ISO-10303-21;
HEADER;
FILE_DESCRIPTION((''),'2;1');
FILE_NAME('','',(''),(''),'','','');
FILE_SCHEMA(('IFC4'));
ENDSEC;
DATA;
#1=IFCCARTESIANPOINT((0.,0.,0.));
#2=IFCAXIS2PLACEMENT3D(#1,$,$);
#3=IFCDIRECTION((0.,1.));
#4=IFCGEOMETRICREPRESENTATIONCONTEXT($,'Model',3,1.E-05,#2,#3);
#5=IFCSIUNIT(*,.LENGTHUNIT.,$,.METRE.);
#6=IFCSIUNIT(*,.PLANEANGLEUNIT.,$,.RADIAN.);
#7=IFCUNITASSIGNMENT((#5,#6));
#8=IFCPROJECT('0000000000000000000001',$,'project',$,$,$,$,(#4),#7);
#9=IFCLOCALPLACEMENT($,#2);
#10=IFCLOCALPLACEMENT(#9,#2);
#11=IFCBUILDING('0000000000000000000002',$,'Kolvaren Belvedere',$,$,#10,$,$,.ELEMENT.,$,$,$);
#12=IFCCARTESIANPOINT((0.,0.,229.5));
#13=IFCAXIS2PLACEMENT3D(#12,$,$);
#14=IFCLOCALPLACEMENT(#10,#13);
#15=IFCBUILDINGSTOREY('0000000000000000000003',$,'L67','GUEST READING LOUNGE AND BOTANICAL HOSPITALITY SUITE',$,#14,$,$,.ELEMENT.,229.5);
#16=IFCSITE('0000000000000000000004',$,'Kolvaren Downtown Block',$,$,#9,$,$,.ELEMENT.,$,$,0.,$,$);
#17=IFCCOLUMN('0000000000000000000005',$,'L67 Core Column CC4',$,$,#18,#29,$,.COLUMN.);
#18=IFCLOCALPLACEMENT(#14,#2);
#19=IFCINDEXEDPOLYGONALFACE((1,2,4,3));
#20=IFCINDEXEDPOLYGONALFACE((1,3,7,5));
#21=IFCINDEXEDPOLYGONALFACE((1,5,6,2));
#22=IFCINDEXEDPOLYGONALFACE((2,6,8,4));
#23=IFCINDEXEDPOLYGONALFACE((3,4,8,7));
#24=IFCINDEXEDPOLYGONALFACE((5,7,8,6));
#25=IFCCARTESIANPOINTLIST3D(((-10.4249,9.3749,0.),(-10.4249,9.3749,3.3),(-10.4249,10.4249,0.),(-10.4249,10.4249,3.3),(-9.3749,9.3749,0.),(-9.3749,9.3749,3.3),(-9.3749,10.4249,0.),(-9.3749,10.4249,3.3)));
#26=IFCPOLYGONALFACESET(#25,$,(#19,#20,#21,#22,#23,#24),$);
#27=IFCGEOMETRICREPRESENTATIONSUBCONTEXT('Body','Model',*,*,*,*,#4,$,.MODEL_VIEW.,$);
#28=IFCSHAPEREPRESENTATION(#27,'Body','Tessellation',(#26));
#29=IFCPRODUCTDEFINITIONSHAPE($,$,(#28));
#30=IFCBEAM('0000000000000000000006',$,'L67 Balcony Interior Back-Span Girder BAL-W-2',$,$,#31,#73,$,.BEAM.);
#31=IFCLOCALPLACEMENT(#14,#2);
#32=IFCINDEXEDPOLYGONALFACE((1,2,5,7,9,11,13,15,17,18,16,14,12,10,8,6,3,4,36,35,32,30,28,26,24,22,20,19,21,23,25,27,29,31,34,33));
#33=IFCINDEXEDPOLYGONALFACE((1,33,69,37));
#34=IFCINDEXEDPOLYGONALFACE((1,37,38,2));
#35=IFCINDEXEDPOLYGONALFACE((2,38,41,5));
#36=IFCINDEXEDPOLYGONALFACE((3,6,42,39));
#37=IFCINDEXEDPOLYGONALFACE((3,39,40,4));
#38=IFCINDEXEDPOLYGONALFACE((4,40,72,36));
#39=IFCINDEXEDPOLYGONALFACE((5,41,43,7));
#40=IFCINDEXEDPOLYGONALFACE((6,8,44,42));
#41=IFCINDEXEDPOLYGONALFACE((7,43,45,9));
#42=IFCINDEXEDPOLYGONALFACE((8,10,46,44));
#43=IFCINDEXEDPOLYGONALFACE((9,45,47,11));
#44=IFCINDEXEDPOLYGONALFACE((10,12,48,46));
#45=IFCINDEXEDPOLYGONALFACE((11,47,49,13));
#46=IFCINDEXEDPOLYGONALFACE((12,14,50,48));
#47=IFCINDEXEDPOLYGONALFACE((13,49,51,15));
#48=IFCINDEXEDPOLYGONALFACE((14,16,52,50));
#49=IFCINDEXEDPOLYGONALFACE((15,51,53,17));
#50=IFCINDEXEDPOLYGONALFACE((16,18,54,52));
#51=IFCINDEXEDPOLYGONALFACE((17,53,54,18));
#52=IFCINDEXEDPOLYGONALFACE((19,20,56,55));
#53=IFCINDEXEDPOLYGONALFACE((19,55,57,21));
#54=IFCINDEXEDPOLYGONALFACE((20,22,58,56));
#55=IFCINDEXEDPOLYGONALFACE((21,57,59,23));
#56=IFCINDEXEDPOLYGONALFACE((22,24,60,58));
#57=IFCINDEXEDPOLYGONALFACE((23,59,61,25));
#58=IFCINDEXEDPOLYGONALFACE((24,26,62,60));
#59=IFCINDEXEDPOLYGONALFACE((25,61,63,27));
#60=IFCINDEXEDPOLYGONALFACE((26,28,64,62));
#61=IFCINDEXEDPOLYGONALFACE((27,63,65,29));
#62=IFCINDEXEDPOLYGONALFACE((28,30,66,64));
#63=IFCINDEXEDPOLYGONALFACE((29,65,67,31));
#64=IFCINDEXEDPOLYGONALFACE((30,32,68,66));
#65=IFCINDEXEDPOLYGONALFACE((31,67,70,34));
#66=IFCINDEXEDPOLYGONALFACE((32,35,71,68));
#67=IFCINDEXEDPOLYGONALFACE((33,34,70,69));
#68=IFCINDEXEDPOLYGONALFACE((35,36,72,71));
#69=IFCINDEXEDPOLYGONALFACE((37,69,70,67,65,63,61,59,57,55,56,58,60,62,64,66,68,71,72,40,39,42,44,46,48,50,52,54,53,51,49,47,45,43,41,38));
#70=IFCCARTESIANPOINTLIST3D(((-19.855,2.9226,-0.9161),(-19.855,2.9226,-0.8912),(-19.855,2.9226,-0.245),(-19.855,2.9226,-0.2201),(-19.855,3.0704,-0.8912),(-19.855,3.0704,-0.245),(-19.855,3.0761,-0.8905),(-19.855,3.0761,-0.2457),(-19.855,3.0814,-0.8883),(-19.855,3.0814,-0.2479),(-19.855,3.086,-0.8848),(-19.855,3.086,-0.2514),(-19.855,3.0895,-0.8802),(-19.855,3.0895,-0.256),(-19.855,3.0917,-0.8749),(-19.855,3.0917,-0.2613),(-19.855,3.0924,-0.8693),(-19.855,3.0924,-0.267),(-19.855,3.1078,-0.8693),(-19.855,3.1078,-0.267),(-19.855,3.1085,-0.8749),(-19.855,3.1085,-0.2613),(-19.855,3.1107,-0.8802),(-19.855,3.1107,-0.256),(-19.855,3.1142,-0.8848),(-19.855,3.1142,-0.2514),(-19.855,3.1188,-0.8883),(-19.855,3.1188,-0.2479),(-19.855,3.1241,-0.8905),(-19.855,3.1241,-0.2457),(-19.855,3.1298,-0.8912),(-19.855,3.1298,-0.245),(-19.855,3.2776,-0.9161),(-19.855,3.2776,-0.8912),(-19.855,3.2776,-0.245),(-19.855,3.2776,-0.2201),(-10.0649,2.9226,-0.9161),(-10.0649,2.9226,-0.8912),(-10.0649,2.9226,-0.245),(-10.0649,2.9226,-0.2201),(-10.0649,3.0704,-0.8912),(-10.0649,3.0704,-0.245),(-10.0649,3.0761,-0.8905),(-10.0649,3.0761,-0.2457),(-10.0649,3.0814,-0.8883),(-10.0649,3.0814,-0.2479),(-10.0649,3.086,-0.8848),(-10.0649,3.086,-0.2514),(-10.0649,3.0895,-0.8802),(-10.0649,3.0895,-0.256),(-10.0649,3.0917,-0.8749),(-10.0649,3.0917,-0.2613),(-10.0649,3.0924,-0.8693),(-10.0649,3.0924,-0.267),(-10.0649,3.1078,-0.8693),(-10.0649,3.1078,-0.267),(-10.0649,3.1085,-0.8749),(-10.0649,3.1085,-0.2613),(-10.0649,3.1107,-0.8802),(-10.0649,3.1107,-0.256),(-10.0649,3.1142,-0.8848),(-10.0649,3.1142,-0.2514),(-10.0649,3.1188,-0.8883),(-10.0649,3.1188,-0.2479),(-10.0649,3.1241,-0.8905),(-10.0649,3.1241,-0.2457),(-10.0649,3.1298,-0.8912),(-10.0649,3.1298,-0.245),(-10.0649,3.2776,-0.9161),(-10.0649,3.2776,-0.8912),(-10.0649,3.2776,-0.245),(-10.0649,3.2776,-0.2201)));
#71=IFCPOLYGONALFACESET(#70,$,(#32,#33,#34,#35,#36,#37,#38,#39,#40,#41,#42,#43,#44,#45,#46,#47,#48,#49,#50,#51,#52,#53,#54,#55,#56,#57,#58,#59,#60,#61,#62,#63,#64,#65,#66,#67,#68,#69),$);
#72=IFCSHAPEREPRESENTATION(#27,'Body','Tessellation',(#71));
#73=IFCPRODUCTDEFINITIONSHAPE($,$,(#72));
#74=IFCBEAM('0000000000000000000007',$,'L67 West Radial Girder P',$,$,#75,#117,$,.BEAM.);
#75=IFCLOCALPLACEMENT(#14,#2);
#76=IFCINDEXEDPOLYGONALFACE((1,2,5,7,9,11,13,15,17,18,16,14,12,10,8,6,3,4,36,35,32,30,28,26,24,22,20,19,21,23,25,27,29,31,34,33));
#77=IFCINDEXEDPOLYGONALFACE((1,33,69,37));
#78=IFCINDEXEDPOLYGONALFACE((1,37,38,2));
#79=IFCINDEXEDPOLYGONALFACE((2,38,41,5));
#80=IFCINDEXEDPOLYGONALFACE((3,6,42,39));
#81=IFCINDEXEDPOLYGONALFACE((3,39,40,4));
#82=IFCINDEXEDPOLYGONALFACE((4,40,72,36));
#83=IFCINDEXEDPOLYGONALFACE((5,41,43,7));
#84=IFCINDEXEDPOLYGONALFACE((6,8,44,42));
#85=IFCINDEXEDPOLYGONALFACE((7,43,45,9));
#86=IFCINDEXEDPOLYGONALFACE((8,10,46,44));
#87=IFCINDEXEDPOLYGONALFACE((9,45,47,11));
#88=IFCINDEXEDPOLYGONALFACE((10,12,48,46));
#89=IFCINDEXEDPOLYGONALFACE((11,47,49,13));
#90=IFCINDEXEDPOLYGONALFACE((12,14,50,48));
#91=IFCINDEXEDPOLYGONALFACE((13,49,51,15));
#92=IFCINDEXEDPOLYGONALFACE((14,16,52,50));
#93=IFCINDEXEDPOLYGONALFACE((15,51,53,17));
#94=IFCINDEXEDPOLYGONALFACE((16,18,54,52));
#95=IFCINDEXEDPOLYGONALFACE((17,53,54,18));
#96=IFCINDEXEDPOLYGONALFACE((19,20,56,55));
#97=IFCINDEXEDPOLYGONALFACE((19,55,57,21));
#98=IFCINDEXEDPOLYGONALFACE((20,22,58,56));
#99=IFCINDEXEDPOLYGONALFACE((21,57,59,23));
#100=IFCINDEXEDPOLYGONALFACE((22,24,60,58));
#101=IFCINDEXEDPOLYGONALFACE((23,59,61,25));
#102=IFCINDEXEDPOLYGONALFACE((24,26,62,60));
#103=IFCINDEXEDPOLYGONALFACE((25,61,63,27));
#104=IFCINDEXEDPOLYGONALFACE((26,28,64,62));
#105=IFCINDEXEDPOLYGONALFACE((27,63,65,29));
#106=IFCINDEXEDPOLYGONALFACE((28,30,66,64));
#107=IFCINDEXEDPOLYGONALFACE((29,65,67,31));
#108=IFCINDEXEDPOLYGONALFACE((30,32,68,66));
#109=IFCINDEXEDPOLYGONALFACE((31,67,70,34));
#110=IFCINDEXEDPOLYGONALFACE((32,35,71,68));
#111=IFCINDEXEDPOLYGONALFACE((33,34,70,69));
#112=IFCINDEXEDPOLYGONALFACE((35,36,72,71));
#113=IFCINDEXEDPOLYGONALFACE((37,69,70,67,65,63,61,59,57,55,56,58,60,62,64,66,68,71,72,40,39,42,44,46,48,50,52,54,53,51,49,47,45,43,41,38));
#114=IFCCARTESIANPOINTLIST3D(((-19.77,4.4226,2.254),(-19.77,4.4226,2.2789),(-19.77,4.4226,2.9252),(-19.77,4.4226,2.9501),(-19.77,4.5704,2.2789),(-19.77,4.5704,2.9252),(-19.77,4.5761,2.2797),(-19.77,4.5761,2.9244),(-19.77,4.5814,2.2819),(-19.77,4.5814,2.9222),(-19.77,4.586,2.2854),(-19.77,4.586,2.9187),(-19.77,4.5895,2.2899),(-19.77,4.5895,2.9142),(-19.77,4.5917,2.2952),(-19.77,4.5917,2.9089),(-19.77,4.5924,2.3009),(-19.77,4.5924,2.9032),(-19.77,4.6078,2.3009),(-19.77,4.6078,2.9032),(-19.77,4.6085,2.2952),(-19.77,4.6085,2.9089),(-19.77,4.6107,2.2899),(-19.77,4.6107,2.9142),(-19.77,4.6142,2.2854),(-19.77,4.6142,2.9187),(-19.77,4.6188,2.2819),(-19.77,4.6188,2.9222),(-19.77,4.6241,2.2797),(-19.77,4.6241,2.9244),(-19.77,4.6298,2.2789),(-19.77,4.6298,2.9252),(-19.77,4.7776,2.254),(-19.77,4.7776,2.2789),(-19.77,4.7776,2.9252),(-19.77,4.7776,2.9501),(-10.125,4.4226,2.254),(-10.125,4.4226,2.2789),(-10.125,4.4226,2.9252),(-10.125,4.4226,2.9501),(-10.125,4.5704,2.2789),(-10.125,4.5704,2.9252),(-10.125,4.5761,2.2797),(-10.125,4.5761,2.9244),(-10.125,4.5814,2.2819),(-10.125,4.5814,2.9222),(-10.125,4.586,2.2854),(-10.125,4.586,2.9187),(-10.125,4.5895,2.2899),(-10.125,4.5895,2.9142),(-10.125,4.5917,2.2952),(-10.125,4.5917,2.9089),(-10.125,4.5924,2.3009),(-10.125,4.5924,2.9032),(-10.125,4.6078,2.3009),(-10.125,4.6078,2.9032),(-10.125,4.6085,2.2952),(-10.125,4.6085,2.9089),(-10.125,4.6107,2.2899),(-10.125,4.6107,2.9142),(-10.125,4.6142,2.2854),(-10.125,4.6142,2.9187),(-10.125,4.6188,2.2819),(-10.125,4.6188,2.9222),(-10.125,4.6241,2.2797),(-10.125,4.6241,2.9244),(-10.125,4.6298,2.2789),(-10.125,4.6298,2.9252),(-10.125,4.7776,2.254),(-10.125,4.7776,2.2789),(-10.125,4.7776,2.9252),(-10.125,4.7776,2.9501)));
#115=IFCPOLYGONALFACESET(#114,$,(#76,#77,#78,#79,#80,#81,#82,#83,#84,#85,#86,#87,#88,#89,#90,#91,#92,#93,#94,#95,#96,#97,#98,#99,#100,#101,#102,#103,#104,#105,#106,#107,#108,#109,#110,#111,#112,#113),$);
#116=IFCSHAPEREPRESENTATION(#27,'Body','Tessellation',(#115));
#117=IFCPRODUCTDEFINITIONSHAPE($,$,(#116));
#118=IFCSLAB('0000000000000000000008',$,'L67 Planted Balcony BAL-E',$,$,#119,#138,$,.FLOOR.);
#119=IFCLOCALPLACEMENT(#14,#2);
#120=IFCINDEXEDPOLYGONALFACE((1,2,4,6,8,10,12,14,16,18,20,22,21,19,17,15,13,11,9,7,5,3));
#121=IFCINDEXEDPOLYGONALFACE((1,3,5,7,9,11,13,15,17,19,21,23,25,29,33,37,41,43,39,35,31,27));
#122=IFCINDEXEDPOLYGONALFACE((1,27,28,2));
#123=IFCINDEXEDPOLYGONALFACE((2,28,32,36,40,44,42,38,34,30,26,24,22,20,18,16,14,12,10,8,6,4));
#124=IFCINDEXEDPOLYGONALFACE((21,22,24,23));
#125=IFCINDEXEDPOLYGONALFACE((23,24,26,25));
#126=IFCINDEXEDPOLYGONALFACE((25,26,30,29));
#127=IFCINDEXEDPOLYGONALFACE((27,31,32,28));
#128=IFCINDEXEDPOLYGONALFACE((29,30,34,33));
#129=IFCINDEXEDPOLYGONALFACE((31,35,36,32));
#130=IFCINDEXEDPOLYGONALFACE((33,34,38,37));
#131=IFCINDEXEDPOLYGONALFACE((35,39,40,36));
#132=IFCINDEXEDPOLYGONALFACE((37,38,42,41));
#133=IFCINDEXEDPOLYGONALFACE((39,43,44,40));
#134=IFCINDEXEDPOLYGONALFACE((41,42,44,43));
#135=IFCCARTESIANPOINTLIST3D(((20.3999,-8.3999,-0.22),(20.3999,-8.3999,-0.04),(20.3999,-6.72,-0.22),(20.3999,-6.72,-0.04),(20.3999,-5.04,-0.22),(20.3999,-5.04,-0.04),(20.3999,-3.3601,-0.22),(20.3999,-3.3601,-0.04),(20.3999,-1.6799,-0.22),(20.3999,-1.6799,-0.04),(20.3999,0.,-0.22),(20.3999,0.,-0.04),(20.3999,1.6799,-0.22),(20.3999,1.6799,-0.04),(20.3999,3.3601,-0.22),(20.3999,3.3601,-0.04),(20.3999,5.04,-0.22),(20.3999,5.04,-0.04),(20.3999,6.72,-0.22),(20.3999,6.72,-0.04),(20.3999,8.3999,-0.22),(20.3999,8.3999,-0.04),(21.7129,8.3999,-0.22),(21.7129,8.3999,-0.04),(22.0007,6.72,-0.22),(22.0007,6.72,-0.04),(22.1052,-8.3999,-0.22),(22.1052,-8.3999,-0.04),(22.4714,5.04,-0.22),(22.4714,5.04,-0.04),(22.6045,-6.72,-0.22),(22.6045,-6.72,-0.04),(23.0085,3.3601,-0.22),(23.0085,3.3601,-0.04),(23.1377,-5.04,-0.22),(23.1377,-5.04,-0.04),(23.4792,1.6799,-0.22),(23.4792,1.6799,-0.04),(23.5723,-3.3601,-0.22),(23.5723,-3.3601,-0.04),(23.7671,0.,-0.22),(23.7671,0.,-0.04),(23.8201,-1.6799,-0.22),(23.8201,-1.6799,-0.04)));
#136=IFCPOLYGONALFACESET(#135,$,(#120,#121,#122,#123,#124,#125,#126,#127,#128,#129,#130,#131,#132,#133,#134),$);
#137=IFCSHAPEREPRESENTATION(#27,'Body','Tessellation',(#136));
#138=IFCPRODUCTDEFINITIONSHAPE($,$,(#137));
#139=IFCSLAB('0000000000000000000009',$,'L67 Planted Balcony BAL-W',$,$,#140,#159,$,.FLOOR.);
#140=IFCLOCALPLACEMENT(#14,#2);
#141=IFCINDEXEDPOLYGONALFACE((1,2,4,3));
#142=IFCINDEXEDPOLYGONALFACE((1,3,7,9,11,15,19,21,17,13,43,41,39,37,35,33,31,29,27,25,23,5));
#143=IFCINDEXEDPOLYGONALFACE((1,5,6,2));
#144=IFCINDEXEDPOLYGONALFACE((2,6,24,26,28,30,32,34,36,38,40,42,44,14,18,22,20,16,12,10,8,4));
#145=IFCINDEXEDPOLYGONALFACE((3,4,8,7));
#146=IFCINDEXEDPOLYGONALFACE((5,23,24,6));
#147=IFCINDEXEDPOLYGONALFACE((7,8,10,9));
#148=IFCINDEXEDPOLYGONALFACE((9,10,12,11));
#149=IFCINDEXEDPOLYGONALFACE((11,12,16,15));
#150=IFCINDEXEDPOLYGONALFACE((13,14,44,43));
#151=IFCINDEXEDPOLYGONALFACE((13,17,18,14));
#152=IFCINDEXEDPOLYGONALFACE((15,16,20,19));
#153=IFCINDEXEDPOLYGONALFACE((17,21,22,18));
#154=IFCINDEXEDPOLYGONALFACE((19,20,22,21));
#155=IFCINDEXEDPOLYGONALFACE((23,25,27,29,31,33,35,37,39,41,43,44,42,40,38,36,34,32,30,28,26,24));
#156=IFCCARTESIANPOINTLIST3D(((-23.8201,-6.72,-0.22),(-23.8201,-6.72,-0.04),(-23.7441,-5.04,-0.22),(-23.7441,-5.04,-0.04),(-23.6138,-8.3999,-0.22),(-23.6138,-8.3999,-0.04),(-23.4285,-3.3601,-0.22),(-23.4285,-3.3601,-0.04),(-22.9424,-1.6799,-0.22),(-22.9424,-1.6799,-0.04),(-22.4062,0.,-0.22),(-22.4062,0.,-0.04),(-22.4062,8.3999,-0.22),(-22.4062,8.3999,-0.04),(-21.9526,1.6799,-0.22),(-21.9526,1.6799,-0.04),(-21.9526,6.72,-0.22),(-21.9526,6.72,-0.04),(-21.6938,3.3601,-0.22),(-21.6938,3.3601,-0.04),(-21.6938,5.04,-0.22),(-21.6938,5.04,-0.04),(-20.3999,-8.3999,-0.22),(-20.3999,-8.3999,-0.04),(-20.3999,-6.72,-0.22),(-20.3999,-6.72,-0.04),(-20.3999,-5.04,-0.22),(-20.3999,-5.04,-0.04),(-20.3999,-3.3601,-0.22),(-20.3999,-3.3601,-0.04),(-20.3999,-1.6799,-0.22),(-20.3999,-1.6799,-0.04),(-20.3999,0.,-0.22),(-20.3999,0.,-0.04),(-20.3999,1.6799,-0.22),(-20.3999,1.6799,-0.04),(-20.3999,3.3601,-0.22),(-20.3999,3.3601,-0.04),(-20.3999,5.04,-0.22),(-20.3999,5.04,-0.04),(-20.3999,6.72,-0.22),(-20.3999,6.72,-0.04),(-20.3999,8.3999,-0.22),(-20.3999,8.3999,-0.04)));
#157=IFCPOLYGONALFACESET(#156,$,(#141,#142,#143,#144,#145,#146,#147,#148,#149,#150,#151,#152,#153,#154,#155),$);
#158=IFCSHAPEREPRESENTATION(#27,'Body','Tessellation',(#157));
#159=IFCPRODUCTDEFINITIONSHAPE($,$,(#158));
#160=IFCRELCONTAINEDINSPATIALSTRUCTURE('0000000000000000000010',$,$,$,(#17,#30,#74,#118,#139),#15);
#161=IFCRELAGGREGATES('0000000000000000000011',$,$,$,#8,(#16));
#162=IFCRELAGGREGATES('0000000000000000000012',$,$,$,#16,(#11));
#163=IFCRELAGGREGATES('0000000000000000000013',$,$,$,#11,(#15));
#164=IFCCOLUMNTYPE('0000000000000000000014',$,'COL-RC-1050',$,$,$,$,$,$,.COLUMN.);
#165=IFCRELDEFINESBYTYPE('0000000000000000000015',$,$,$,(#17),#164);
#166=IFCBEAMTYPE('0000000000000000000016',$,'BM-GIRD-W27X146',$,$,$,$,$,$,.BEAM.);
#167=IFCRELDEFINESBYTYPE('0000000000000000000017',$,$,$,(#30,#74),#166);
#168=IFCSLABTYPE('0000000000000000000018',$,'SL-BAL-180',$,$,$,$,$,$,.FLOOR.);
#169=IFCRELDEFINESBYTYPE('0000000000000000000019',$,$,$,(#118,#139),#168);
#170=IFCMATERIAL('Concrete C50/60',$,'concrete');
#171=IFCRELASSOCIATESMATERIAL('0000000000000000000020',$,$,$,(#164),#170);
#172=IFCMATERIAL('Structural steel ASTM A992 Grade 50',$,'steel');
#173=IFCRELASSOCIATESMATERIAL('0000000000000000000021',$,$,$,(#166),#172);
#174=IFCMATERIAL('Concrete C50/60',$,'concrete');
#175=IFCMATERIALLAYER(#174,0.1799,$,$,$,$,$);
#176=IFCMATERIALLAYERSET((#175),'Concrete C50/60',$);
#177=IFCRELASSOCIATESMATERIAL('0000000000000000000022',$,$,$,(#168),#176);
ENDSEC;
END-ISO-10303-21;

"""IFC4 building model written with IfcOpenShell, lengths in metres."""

from ifc_helpers import new_model, si_unit, direction, frame, origin, origin_2d, place, context, subcontext, project, spatial, polyline, rectangle, i_section, outline, extrude, material, layer, layer_set, material_profile, profile_set, type_object, element, save


model = new_model("IFC4")

# Units and contexts
model_context = context("Model", 3, precision=1e-05, world=origin(), true_north=direction((0.0, 1.0)))
body_context = subcontext(model_context, "Body", "Model", "MODEL_VIEW")
ifc_project = project(units=[si_unit("LENGTHUNIT", "METRE"), si_unit("PLANEANGLEUNIT", "RADIAN")], contexts=[model_context])

# Site, building, storey
site_placement = place(None, origin())
site = spatial("IfcSite", under=ifc_project, at=site_placement, Name="Kolvaren Downtown Block", CompositionType="ELEMENT", RefElevation=0.0)
building_placement = place(site_placement, origin())
building = spatial("IfcBuilding", under=site, at=building_placement, Name="Kolvaren Belvedere", CompositionType="ELEMENT")
storey_placement = place(building_placement, frame((0.0, 0.0, 229.5)))
storey = spatial("IfcBuildingStorey", under=building, at=storey_placement, Name="L67", Description="GUEST READING LOUNGE AND BOTANICAL HOSPITALITY SUITE", CompositionType="ELEMENT", Elevation=229.5)

# Column
ifc_material_1 = material(Name="Concrete C50/60", Category="concrete")
ifc_material_profile_1 = material_profile(ifc_material_1, rectangle(XDim=1.05, YDim=1.05, at=origin_2d()), Name="RC 1050X1050")
ifc_profile_set_1 = profile_set([ifc_material_profile_1], Name="Concrete C50/60")
column_type = type_object("IfcColumnType", Name="COL-RC-1050", PredefinedType="COLUMN", material=ifc_profile_set_1)
column_placement = place(storey_placement, frame((-9.8999, 9.8999, 0.0), z_axis=(0.0, 0.0, 1.0), x_axis=(1.0, 0.0, 0.0)))
element("IfcColumn", 1, at=column_placement, inside=storey, type_object=column_type, Name="L67 Core Column CC4", PredefinedType="COLUMN", context=body_context, shape_type="SweptSolid", body=[
    extrude(rectangle(XDim=1.05, YDim=1.05, at=origin_2d()), origin(), (0.0, 0.0, 1.0), 3.3),
])

# Beams
ifc_material_2 = material(Name="Structural steel ASTM A992 Grade 50", Category="steel")
ifc_material_profile_2 = material_profile(ifc_material_2, i_section(OverallWidth=0.355, OverallDepth=0.696, WebThickness=0.0154, FlangeThickness=0.0249, FilletRadius=0.022, at=origin_2d()), Name="W27X146")
ifc_profile_set_2 = profile_set([ifc_material_profile_2], Name="Structural steel ASTM A992 Grade 50")
beam_type = type_object("IfcBeamType", Name="BM-GIRD-W27X146", PredefinedType="BEAM", material=ifc_profile_set_2)
beam_1_placement = place(storey_placement, frame((-10.0649, 3.1001, -0.5681), z_axis=(-1.0, 0.0, 0.0), x_axis=(0.0, -1.0, 0.0)))
element("IfcBeam", 2, at=beam_1_placement, inside=storey, type_object=beam_type, Name="L67 Balcony Interior Back-Span Girder BAL-W-2", PredefinedType="BEAM", context=body_context, shape_type="SweptSolid", body=[
    extrude(i_section(OverallWidth=0.355, OverallDepth=0.696, WebThickness=0.0154, FlangeThickness=0.0249, FilletRadius=0.022, at=origin_2d()), origin(), (0.0, 0.0, 1.0), 9.79),
])
beam_2_placement = place(storey_placement, frame((-10.125, 4.6001, 2.6021), z_axis=(-1.0, 0.0, 0.0), x_axis=(0.0, -1.0, 0.0)))
element("IfcBeam", 3, at=beam_2_placement, inside=storey, type_object=beam_type, Name="L67 West Radial Girder P", PredefinedType="BEAM", context=body_context, shape_type="SweptSolid", body=[
    extrude(i_section(OverallWidth=0.355, OverallDepth=0.696, WebThickness=0.0154, FlangeThickness=0.0249, FilletRadius=0.022, at=origin_2d()), origin(), (0.0, 0.0, 1.0), 9.645),
])

# Slabs
ifc_material_3 = material(Name="Concrete C50/60", Category="concrete")
ifc_layer_1 = layer(ifc_material_3, 0.1799)
ifc_layer_set_1 = layer_set([ifc_layer_1], Name="Concrete C50/60")
slab_type_1 = type_object("IfcSlabType", Name="SL-BAL-180", PredefinedType="FLOOR", material=ifc_layer_set_1)
slab_1_placement = place(storey_placement, frame((0.0, 0.0, -0.22)))
element("IfcSlab", 4, at=slab_1_placement, inside=storey, type_object=slab_type_1, Name="L67 Planted Balcony BAL-E", PredefinedType="FLOOR", context=body_context, shape_type="SweptSolid", body=[
    extrude(outline(polyline([(22.1052, -8.3999), (22.6045, -6.72), (23.1377, -5.04), (23.5723, -3.3601), (23.8201, -1.6799), (23.7671, 0.0), (23.4792, 1.6799), (23.0085, 3.3601), (22.4714, 5.04), (22.0007, 6.72), (21.7129, 8.3999), (20.3999, 8.3999), (20.3999, 6.72), (20.3999, 5.04), (20.3999, 3.3601), (20.3999, 1.6799), (20.3999, 0.0), (20.3999, -1.6799), (20.3999, -3.3601), (20.3999, -5.04), (20.3999, -6.72), (20.3999, -8.3999), (22.1052, -8.3999)])), origin(), (0.0, 0.0, 1.0), 0.1799),
])
slab_2_placement = place(storey_placement, frame((0.0, 0.0, -0.22)))
element("IfcSlab", 5, at=slab_2_placement, inside=storey, type_object=slab_type_1, Name="L67 Planted Balcony BAL-W", PredefinedType="FLOOR", context=body_context, shape_type="SweptSolid", body=[
    extrude(outline(polyline([(-22.4062, 8.3999), (-21.9526, 6.72), (-21.6938, 5.04), (-21.6938, 3.3601), (-21.9526, 1.6799), (-22.4062, 0.0), (-22.9424, -1.6799), (-23.4285, -3.3601), (-23.7441, -5.04), (-23.8201, -6.72), (-23.6138, -8.3999), (-20.3999, -8.3999), (-20.3999, -6.72), (-20.3999, -5.04), (-20.3999, -3.3601), (-20.3999, -1.6799), (-20.3999, 0.0), (-20.3999, 1.6799), (-20.3999, 3.3601), (-20.3999, 5.04), (-20.3999, 6.72), (-20.3999, 8.3999), (-22.4062, 8.3999)])), origin(), (0.0, 0.0, 1.0), 0.1799),
])

save(model, "model.ifc")
